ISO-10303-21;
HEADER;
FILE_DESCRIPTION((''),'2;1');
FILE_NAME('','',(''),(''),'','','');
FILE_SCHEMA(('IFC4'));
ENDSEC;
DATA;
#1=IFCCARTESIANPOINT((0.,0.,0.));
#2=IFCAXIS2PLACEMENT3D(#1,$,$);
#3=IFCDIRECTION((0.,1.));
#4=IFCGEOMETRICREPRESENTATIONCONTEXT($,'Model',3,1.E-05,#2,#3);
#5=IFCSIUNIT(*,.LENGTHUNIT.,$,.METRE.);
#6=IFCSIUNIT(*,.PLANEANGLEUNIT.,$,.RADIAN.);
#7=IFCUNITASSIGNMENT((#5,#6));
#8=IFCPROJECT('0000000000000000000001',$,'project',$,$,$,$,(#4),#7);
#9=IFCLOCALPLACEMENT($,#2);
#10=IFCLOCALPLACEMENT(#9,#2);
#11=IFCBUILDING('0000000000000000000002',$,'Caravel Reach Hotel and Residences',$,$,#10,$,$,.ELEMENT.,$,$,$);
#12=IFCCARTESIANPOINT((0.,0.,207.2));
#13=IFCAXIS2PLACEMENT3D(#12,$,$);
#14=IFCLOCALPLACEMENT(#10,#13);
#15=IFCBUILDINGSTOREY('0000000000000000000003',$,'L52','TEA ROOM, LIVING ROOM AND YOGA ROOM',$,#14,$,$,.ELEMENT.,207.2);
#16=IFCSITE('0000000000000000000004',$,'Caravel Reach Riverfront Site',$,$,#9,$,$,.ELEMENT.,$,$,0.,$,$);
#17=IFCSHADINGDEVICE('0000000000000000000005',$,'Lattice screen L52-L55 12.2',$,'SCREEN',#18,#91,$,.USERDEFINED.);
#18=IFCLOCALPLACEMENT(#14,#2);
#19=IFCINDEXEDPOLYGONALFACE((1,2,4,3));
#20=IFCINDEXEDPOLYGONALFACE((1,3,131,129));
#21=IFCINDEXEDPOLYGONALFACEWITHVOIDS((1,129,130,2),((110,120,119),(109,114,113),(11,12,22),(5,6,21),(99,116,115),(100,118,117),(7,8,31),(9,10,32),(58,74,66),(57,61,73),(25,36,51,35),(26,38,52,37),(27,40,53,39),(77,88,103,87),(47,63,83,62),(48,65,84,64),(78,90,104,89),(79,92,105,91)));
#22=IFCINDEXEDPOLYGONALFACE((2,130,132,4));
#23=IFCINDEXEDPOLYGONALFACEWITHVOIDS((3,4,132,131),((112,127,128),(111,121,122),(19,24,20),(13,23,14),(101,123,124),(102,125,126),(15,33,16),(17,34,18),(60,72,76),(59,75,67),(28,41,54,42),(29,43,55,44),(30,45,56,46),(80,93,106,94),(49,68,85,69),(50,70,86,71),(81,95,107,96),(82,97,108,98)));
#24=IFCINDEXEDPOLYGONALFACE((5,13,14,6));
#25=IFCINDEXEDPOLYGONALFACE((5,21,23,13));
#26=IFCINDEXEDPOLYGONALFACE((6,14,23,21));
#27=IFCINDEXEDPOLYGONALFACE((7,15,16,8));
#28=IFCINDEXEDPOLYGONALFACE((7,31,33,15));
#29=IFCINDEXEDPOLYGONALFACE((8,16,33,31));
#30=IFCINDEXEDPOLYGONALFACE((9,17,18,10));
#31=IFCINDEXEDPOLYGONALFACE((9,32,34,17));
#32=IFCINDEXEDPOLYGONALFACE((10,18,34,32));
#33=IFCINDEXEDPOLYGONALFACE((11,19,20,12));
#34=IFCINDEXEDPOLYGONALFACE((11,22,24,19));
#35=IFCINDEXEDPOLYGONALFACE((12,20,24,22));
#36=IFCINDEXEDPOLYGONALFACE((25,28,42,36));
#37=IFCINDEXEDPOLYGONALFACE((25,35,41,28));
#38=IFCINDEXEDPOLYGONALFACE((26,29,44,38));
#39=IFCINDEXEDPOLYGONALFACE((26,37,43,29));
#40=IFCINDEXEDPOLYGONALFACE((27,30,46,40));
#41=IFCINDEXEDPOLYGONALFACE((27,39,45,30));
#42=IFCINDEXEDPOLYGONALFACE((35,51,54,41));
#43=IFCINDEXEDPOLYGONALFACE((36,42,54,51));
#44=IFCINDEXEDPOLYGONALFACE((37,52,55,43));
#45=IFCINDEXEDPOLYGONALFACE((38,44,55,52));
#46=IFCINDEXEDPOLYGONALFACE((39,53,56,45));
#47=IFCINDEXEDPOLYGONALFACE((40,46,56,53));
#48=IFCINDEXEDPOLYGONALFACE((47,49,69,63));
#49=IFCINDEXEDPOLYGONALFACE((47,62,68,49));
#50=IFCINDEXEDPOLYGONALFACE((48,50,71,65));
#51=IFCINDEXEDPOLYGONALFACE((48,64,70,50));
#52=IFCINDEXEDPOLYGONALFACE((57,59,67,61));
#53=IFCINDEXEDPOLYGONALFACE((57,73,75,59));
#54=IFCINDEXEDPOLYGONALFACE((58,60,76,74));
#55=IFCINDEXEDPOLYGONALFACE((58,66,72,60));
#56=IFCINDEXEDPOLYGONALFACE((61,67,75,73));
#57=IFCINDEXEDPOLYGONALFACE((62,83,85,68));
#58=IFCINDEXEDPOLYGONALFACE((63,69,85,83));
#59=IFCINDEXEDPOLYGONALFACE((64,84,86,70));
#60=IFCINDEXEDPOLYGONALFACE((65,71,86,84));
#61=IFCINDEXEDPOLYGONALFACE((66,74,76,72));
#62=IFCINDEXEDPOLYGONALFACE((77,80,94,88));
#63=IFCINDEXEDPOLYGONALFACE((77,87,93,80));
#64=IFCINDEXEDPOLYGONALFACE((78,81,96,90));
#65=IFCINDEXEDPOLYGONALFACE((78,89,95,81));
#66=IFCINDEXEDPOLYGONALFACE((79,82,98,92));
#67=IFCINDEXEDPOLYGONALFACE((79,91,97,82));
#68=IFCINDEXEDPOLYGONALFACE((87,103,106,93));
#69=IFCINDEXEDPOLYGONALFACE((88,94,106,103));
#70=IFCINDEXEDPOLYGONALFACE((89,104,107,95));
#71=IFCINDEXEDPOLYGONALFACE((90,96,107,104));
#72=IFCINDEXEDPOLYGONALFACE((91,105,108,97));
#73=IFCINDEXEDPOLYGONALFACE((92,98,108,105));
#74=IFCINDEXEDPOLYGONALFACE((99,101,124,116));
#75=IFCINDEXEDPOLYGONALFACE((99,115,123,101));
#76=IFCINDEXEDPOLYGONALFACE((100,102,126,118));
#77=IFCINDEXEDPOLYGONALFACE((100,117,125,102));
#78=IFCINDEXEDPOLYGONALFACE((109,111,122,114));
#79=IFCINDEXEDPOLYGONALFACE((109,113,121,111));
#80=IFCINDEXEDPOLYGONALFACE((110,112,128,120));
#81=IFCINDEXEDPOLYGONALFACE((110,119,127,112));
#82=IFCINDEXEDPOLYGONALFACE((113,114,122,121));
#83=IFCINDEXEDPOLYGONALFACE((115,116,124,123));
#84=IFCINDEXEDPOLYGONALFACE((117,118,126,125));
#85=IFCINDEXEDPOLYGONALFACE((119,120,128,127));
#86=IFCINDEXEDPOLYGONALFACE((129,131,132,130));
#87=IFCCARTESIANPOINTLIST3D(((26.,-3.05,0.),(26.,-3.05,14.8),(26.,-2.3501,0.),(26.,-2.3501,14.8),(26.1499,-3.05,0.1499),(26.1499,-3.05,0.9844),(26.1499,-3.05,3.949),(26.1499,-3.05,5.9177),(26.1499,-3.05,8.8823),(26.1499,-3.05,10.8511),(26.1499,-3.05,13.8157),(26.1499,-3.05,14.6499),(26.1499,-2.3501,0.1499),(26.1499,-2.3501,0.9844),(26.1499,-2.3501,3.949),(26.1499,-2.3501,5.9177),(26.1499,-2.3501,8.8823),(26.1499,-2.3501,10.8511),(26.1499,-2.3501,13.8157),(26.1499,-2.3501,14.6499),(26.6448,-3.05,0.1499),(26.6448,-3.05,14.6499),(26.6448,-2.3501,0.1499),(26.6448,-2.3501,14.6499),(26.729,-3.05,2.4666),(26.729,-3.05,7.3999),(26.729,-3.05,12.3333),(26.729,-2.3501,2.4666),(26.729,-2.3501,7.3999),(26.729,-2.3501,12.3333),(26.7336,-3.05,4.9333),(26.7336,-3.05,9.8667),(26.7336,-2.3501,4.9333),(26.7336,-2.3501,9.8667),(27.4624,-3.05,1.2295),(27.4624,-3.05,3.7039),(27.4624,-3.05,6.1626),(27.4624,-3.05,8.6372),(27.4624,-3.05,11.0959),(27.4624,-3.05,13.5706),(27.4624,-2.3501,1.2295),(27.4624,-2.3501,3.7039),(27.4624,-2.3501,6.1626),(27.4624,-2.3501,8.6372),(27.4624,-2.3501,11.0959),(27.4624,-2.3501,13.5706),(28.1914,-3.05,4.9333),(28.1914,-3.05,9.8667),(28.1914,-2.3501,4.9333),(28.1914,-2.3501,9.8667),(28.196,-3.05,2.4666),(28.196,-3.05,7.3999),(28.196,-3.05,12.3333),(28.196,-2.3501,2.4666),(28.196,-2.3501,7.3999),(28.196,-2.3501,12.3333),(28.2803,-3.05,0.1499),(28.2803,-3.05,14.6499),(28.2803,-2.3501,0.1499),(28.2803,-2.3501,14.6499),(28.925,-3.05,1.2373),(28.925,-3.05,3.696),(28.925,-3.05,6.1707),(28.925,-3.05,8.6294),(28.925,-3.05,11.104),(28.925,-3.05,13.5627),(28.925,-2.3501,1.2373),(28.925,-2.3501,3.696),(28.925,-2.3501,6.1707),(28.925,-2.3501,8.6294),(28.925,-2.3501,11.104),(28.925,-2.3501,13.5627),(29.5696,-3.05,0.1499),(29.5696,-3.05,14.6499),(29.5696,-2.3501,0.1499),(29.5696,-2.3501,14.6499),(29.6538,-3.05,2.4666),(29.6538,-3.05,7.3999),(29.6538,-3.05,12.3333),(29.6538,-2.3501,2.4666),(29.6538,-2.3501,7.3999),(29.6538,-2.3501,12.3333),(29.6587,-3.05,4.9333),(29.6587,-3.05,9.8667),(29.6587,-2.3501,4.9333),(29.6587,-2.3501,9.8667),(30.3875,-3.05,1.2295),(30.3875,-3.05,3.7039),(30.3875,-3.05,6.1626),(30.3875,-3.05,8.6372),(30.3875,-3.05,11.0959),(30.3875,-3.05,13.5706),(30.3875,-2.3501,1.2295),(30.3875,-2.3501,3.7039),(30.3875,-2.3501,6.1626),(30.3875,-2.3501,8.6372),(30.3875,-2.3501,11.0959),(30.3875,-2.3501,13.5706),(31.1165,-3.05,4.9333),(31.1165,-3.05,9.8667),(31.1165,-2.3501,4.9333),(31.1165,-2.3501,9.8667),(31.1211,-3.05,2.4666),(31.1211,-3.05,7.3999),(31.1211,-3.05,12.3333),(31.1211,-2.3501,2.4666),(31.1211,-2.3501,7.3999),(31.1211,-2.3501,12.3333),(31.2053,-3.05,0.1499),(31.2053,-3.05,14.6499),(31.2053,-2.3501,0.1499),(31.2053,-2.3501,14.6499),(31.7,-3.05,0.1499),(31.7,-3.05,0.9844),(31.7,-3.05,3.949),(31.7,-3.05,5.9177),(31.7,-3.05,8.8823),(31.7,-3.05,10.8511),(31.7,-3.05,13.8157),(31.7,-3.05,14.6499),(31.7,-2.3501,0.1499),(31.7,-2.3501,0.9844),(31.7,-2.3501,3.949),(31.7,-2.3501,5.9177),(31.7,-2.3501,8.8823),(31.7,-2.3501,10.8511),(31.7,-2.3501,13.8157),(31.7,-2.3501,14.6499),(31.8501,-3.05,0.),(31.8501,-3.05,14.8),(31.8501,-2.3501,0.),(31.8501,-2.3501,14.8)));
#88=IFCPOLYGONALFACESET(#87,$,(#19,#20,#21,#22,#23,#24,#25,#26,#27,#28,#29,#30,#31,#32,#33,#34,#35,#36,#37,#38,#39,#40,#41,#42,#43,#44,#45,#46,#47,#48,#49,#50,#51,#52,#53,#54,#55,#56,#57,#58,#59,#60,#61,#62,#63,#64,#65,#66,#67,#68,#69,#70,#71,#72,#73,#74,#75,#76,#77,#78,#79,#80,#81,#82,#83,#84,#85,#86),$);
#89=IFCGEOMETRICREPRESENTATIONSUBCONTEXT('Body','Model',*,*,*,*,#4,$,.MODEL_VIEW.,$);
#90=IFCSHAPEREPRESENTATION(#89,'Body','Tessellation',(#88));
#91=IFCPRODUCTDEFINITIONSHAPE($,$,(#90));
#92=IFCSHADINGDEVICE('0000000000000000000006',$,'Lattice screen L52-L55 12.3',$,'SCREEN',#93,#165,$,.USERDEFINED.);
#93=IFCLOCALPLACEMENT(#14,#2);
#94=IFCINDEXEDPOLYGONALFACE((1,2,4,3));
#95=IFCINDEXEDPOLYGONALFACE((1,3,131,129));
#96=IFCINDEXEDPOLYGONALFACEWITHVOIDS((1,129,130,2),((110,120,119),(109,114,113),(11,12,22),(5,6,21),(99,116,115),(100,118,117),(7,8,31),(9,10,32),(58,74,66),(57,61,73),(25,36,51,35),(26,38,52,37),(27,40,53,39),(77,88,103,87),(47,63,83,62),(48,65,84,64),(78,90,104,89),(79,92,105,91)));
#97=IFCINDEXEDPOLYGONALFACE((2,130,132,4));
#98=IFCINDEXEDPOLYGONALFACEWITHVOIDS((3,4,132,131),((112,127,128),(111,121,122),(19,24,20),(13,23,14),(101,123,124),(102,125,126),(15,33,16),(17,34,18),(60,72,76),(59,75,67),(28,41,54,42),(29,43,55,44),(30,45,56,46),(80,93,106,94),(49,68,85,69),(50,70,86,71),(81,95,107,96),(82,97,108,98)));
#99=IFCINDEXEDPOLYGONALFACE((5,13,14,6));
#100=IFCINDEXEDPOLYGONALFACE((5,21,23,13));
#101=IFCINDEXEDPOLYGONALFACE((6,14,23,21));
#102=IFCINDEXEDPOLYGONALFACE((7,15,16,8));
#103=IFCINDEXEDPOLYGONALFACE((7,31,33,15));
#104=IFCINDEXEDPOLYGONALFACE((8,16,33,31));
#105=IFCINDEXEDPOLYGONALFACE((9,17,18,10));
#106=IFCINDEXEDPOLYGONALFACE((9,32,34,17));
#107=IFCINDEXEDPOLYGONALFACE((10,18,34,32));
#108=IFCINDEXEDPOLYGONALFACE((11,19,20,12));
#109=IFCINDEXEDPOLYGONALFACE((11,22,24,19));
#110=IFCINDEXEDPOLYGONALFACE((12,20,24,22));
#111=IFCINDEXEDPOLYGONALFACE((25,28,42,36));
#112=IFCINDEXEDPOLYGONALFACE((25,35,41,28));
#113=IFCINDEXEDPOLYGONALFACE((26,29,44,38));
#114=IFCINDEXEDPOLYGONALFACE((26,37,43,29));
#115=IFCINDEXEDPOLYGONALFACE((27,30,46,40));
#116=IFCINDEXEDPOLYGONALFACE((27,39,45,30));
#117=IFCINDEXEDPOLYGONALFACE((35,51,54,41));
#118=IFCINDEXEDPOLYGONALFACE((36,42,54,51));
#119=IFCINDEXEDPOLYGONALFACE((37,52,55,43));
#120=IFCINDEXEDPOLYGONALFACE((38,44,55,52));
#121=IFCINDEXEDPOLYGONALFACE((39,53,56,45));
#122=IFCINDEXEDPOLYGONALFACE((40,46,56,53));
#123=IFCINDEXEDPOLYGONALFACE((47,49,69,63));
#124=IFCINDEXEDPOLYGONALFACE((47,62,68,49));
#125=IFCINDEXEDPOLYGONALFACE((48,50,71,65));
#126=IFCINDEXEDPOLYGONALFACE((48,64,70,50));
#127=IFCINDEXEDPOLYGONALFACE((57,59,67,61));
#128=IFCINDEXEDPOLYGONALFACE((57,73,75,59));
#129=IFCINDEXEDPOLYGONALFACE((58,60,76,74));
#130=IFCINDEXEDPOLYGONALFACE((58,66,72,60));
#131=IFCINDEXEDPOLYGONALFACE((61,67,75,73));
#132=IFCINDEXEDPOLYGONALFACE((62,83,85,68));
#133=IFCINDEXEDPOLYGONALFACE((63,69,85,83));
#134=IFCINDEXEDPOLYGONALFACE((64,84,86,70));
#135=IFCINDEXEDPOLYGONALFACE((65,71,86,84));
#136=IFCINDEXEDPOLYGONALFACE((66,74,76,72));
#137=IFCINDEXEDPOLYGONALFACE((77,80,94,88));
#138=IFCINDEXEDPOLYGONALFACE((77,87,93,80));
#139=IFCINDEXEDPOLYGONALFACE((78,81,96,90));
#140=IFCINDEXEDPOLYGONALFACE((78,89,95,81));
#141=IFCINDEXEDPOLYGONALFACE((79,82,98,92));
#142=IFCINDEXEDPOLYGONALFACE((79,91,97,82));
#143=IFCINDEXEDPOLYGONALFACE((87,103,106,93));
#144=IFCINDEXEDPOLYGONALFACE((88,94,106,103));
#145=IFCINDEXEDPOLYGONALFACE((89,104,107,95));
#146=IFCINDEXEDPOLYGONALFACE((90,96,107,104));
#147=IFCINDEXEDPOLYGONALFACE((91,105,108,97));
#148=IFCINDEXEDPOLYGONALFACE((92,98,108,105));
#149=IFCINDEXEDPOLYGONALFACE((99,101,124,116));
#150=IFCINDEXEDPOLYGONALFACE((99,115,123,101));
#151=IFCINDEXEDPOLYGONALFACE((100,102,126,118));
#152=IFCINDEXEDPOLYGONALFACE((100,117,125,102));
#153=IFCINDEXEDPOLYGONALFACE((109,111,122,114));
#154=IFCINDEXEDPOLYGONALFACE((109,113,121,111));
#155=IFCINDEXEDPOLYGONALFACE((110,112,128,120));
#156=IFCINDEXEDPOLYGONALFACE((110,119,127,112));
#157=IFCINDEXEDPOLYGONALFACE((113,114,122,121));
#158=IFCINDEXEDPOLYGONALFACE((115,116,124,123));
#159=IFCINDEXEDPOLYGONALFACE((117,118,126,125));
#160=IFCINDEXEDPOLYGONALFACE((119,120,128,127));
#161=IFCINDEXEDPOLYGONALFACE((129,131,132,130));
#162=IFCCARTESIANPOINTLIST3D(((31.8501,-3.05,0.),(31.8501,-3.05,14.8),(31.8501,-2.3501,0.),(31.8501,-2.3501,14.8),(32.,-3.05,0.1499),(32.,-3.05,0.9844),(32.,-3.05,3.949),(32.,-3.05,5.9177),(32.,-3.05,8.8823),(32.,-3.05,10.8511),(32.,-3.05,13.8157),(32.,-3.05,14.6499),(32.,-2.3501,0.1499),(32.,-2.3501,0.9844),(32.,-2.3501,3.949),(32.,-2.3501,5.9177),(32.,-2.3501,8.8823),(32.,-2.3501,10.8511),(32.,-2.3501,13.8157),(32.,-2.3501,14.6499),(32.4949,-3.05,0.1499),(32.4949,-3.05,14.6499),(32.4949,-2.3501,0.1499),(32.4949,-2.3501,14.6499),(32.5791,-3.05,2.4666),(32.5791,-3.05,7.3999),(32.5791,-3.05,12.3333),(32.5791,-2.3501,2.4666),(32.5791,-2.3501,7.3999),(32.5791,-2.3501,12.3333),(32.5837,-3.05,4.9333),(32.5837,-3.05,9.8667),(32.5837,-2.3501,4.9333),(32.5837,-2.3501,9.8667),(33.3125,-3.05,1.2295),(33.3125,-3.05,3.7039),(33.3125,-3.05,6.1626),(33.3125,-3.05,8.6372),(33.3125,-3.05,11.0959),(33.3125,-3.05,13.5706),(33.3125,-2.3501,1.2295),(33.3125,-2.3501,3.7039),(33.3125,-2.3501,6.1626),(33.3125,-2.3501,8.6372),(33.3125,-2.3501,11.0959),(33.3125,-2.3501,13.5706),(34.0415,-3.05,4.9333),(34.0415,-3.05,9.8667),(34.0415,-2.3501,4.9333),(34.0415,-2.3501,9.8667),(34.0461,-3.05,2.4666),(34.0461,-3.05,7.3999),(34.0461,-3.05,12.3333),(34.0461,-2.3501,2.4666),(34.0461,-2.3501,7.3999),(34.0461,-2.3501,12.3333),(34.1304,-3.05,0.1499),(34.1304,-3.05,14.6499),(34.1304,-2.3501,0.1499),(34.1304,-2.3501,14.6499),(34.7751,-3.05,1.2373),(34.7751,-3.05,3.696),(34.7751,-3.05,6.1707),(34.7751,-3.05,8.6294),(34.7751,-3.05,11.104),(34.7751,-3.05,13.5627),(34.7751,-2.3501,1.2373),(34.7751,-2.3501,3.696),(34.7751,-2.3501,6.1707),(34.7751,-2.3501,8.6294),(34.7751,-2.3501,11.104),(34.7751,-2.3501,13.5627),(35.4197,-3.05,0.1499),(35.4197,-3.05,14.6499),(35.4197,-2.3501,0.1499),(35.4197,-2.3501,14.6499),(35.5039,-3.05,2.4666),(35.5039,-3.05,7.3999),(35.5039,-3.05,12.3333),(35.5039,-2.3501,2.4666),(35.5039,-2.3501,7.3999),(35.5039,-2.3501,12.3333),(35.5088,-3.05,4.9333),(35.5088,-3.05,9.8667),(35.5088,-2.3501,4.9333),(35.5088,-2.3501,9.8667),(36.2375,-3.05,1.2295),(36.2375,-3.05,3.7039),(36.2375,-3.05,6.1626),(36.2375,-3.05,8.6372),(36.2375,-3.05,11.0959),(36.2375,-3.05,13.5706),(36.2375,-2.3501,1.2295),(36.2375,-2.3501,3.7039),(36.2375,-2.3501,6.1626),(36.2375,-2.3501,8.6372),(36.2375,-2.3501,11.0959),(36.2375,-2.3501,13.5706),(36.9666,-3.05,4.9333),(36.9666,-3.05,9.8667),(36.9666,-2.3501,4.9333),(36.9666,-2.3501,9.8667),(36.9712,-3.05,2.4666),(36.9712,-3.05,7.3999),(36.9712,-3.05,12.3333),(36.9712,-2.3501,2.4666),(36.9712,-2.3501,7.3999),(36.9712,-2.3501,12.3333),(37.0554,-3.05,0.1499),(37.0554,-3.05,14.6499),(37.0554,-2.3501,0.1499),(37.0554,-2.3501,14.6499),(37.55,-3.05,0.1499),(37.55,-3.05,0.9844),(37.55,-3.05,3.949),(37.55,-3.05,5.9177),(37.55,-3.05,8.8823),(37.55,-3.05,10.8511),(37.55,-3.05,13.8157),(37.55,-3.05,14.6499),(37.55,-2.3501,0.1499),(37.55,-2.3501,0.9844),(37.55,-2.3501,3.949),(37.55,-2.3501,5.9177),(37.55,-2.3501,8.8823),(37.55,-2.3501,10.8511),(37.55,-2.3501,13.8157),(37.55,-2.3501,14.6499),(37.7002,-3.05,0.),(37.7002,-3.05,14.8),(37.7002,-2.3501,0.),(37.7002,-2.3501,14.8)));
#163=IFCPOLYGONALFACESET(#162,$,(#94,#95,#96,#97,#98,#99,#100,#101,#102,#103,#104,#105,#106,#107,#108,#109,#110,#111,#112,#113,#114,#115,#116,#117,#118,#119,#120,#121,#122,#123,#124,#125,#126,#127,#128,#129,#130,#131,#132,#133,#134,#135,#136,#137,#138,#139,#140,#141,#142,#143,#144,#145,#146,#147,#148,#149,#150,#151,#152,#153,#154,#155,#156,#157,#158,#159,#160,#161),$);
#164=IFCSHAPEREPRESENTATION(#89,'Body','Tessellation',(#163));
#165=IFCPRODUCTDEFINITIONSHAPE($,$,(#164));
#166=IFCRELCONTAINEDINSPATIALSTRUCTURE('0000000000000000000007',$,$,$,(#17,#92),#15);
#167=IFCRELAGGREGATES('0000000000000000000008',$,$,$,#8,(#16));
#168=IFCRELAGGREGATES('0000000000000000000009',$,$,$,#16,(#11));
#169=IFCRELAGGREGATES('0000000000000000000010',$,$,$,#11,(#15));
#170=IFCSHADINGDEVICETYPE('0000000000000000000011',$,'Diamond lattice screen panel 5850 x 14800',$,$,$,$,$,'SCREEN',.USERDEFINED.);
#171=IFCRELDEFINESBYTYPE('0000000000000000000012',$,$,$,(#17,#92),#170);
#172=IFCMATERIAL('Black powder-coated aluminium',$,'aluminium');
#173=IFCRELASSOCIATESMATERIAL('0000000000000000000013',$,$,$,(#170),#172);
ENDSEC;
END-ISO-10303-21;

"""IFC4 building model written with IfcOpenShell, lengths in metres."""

from ifc_helpers import new_model, si_unit, direction, frame, origin, place, context, subcontext, project, spatial, polyline, outline, extrude, material, type_object, element, save


model = new_model("IFC4")

# Units and contexts
model_context = context("Model", 3, precision=1e-05, world=origin(), true_north=direction((0.0, 1.0)))
body_context = subcontext(model_context, "Body", "Model", "MODEL_VIEW")
ifc_project = project(units=[si_unit("LENGTHUNIT", "METRE"), si_unit("PLANEANGLEUNIT", "RADIAN")], contexts=[model_context])

# Site, building, storey
site_placement = place(None, origin())
site = spatial("IfcSite", under=ifc_project, at=site_placement, Name="Caravel Reach Riverfront Site", CompositionType="ELEMENT", RefElevation=0.0)
building_placement = place(site_placement, origin())
building = spatial("IfcBuilding", under=site, at=building_placement, Name="Caravel Reach Hotel and Residences", CompositionType="ELEMENT")
storey_placement = place(building_placement, frame((0.0, 0.0, 207.2)))
storey = spatial("IfcBuildingStorey", under=building, at=storey_placement, Name="L52", Description="TEA ROOM, LIVING ROOM AND YOGA ROOM", CompositionType="ELEMENT", Elevation=207.2)

# Shading devices
ifc_material_1 = material(Name="Black powder-coated aluminium", Category="aluminium")
shading_device_type = type_object("IfcShadingDeviceType", Name="Diamond lattice screen panel 5850 x 14800", ElementType="SCREEN", PredefinedType="USERDEFINED", material=ifc_material_1)
shading_device_1_placement = place(storey_placement, frame((26.0, -2.3501, 0.0), z_axis=(0.0, -1.0, 0.0), x_axis=(1.0, 0.0, 0.0)))
element("IfcShadingDevice", 1, at=shading_device_1_placement, inside=storey, type_object=shading_device_type, Name="Lattice screen L52-L55 12.2", ObjectType="SCREEN", PredefinedType="USERDEFINED", context=body_context, shape_type="SweptSolid", body=[
    extrude(outline(polyline([(0.0, 0.0), (5.8501, 0.0), (5.8501, 14.8), (0.0, 14.8), (0.0, 0.0)]), holes=[polyline([(0.6448, 0.1499), (0.1499, 0.9844), (0.1499, 0.1499), (0.6448, 0.1499)]), polyline([(0.7336, 4.9333), (0.1499, 5.9177), (0.1499, 3.949), (0.7336, 4.9333)]), polyline([(0.7336, 9.8667), (0.1499, 10.8511), (0.1499, 8.8823), (0.7336, 9.8667)]), polyline([(0.1499, 13.8157), (0.6448, 14.6499), (0.1499, 14.6499), (0.1499, 13.8157)]), polyline([(1.4624, 3.7039), (0.729, 2.4666), (1.4624, 1.2295), (2.196, 2.4666), (1.4624, 3.7039)]), polyline([(1.4624, 8.6372), (0.729, 7.3999), (1.4624, 6.1626), (2.196, 7.3999), (1.4624, 8.6372)]), polyline([(1.4624, 13.5706), (0.729, 12.3333), (1.4624, 11.0959), (2.196, 12.3333), (1.4624, 13.5706)]), polyline([(2.925, 1.2373), (2.2803, 0.1499), (3.5696, 0.1499), (2.925, 1.2373)]), polyline([(2.925, 6.1707), (2.1914, 4.9333), (2.925, 3.696), (3.6587, 4.9333), (2.925, 6.1707)]), polyline([(2.925, 11.104), (2.1914, 9.8667), (2.925, 8.6294), (3.6587, 9.8667), (2.925, 11.104)]), polyline([(2.925, 13.5627), (3.5696, 14.6499), (2.2803, 14.6499), (2.925, 13.5627)]), polyline([(4.3875, 3.7039), (3.6538, 2.4666), (4.3875, 1.2295), (5.1211, 2.4666), (4.3875, 3.7039)]), polyline([(4.3875, 8.6372), (3.6538, 7.3999), (4.3875, 6.1626), (5.1211, 7.3999), (4.3875, 8.6372)]), polyline([(4.3875, 13.5706), (3.6538, 12.3333), (4.3875, 11.0959), (5.1211, 12.3333), (4.3875, 13.5706)]), polyline([(5.7, 0.9844), (5.2053, 0.1499), (5.7, 0.1499), (5.7, 0.9844)]), polyline([(5.1165, 4.9333), (5.7, 3.949), (5.7, 5.9177), (5.1165, 4.9333)]), polyline([(5.1165, 9.8667), (5.7, 8.8823), (5.7, 10.8511), (5.1165, 9.8667)]), polyline([(5.2053, 14.6499), (5.7, 13.8157), (5.7, 14.6499), (5.2053, 14.6499)])]), origin(), (0.0, 0.0, 1.0), 0.7),
])
shading_device_2_placement = place(storey_placement, frame((31.8501, -2.3501, 0.0), z_axis=(0.0, -1.0, 0.0), x_axis=(1.0, 0.0, 0.0)))
element("IfcShadingDevice", 2, at=shading_device_2_placement, inside=storey, type_object=shading_device_type, Name="Lattice screen L52-L55 12.3", ObjectType="SCREEN", PredefinedType="USERDEFINED", context=body_context, shape_type="SweptSolid", body=[
    extrude(outline(polyline([(0.0, 0.0), (5.8501, 0.0), (5.8501, 14.8), (0.0, 14.8), (0.0, 0.0)]), holes=[polyline([(0.6448, 0.1499), (0.1499, 0.9844), (0.1499, 0.1499), (0.6448, 0.1499)]), polyline([(0.7336, 4.9333), (0.1499, 5.9177), (0.1499, 3.949), (0.7336, 4.9333)]), polyline([(0.7336, 9.8667), (0.1499, 10.8511), (0.1499, 8.8823), (0.7336, 9.8667)]), polyline([(0.1499, 13.8157), (0.6448, 14.6499), (0.1499, 14.6499), (0.1499, 13.8157)]), polyline([(1.4624, 3.7039), (0.729, 2.4666), (1.4624, 1.2295), (2.196, 2.4666), (1.4624, 3.7039)]), polyline([(1.4624, 8.6372), (0.729, 7.3999), (1.4624, 6.1626), (2.196, 7.3999), (1.4624, 8.6372)]), polyline([(1.4624, 13.5706), (0.729, 12.3333), (1.4624, 11.0959), (2.196, 12.3333), (1.4624, 13.5706)]), polyline([(2.925, 1.2373), (2.2803, 0.1499), (3.5696, 0.1499), (2.925, 1.2373)]), polyline([(2.925, 6.1707), (2.1914, 4.9333), (2.925, 3.696), (3.6587, 4.9333), (2.925, 6.1707)]), polyline([(2.925, 11.104), (2.1914, 9.8667), (2.925, 8.6294), (3.6587, 9.8667), (2.925, 11.104)]), polyline([(2.925, 13.5627), (3.5696, 14.6499), (2.2803, 14.6499), (2.925, 13.5627)]), polyline([(4.3875, 3.7039), (3.6538, 2.4666), (4.3875, 1.2295), (5.1211, 2.4666), (4.3875, 3.7039)]), polyline([(4.3875, 8.6372), (3.6538, 7.3999), (4.3875, 6.1626), (5.1211, 7.3999), (4.3875, 8.6372)]), polyline([(4.3875, 13.5706), (3.6538, 12.3333), (4.3875, 11.0959), (5.1211, 12.3333), (4.3875, 13.5706)]), polyline([(5.7, 0.9844), (5.2053, 0.1499), (5.7, 0.1499), (5.7, 0.9844)]), polyline([(5.1165, 4.9333), (5.7, 3.949), (5.7, 5.9177), (5.1165, 4.9333)]), polyline([(5.1165, 9.8667), (5.7, 8.8823), (5.7, 10.8511), (5.1165, 9.8667)]), polyline([(5.2053, 14.6499), (5.7, 13.8157), (5.7, 14.6499), (5.2053, 14.6499)])]), origin(), (0.0, 0.0, 1.0), 0.7),
])

save(model, "model.ifc")
